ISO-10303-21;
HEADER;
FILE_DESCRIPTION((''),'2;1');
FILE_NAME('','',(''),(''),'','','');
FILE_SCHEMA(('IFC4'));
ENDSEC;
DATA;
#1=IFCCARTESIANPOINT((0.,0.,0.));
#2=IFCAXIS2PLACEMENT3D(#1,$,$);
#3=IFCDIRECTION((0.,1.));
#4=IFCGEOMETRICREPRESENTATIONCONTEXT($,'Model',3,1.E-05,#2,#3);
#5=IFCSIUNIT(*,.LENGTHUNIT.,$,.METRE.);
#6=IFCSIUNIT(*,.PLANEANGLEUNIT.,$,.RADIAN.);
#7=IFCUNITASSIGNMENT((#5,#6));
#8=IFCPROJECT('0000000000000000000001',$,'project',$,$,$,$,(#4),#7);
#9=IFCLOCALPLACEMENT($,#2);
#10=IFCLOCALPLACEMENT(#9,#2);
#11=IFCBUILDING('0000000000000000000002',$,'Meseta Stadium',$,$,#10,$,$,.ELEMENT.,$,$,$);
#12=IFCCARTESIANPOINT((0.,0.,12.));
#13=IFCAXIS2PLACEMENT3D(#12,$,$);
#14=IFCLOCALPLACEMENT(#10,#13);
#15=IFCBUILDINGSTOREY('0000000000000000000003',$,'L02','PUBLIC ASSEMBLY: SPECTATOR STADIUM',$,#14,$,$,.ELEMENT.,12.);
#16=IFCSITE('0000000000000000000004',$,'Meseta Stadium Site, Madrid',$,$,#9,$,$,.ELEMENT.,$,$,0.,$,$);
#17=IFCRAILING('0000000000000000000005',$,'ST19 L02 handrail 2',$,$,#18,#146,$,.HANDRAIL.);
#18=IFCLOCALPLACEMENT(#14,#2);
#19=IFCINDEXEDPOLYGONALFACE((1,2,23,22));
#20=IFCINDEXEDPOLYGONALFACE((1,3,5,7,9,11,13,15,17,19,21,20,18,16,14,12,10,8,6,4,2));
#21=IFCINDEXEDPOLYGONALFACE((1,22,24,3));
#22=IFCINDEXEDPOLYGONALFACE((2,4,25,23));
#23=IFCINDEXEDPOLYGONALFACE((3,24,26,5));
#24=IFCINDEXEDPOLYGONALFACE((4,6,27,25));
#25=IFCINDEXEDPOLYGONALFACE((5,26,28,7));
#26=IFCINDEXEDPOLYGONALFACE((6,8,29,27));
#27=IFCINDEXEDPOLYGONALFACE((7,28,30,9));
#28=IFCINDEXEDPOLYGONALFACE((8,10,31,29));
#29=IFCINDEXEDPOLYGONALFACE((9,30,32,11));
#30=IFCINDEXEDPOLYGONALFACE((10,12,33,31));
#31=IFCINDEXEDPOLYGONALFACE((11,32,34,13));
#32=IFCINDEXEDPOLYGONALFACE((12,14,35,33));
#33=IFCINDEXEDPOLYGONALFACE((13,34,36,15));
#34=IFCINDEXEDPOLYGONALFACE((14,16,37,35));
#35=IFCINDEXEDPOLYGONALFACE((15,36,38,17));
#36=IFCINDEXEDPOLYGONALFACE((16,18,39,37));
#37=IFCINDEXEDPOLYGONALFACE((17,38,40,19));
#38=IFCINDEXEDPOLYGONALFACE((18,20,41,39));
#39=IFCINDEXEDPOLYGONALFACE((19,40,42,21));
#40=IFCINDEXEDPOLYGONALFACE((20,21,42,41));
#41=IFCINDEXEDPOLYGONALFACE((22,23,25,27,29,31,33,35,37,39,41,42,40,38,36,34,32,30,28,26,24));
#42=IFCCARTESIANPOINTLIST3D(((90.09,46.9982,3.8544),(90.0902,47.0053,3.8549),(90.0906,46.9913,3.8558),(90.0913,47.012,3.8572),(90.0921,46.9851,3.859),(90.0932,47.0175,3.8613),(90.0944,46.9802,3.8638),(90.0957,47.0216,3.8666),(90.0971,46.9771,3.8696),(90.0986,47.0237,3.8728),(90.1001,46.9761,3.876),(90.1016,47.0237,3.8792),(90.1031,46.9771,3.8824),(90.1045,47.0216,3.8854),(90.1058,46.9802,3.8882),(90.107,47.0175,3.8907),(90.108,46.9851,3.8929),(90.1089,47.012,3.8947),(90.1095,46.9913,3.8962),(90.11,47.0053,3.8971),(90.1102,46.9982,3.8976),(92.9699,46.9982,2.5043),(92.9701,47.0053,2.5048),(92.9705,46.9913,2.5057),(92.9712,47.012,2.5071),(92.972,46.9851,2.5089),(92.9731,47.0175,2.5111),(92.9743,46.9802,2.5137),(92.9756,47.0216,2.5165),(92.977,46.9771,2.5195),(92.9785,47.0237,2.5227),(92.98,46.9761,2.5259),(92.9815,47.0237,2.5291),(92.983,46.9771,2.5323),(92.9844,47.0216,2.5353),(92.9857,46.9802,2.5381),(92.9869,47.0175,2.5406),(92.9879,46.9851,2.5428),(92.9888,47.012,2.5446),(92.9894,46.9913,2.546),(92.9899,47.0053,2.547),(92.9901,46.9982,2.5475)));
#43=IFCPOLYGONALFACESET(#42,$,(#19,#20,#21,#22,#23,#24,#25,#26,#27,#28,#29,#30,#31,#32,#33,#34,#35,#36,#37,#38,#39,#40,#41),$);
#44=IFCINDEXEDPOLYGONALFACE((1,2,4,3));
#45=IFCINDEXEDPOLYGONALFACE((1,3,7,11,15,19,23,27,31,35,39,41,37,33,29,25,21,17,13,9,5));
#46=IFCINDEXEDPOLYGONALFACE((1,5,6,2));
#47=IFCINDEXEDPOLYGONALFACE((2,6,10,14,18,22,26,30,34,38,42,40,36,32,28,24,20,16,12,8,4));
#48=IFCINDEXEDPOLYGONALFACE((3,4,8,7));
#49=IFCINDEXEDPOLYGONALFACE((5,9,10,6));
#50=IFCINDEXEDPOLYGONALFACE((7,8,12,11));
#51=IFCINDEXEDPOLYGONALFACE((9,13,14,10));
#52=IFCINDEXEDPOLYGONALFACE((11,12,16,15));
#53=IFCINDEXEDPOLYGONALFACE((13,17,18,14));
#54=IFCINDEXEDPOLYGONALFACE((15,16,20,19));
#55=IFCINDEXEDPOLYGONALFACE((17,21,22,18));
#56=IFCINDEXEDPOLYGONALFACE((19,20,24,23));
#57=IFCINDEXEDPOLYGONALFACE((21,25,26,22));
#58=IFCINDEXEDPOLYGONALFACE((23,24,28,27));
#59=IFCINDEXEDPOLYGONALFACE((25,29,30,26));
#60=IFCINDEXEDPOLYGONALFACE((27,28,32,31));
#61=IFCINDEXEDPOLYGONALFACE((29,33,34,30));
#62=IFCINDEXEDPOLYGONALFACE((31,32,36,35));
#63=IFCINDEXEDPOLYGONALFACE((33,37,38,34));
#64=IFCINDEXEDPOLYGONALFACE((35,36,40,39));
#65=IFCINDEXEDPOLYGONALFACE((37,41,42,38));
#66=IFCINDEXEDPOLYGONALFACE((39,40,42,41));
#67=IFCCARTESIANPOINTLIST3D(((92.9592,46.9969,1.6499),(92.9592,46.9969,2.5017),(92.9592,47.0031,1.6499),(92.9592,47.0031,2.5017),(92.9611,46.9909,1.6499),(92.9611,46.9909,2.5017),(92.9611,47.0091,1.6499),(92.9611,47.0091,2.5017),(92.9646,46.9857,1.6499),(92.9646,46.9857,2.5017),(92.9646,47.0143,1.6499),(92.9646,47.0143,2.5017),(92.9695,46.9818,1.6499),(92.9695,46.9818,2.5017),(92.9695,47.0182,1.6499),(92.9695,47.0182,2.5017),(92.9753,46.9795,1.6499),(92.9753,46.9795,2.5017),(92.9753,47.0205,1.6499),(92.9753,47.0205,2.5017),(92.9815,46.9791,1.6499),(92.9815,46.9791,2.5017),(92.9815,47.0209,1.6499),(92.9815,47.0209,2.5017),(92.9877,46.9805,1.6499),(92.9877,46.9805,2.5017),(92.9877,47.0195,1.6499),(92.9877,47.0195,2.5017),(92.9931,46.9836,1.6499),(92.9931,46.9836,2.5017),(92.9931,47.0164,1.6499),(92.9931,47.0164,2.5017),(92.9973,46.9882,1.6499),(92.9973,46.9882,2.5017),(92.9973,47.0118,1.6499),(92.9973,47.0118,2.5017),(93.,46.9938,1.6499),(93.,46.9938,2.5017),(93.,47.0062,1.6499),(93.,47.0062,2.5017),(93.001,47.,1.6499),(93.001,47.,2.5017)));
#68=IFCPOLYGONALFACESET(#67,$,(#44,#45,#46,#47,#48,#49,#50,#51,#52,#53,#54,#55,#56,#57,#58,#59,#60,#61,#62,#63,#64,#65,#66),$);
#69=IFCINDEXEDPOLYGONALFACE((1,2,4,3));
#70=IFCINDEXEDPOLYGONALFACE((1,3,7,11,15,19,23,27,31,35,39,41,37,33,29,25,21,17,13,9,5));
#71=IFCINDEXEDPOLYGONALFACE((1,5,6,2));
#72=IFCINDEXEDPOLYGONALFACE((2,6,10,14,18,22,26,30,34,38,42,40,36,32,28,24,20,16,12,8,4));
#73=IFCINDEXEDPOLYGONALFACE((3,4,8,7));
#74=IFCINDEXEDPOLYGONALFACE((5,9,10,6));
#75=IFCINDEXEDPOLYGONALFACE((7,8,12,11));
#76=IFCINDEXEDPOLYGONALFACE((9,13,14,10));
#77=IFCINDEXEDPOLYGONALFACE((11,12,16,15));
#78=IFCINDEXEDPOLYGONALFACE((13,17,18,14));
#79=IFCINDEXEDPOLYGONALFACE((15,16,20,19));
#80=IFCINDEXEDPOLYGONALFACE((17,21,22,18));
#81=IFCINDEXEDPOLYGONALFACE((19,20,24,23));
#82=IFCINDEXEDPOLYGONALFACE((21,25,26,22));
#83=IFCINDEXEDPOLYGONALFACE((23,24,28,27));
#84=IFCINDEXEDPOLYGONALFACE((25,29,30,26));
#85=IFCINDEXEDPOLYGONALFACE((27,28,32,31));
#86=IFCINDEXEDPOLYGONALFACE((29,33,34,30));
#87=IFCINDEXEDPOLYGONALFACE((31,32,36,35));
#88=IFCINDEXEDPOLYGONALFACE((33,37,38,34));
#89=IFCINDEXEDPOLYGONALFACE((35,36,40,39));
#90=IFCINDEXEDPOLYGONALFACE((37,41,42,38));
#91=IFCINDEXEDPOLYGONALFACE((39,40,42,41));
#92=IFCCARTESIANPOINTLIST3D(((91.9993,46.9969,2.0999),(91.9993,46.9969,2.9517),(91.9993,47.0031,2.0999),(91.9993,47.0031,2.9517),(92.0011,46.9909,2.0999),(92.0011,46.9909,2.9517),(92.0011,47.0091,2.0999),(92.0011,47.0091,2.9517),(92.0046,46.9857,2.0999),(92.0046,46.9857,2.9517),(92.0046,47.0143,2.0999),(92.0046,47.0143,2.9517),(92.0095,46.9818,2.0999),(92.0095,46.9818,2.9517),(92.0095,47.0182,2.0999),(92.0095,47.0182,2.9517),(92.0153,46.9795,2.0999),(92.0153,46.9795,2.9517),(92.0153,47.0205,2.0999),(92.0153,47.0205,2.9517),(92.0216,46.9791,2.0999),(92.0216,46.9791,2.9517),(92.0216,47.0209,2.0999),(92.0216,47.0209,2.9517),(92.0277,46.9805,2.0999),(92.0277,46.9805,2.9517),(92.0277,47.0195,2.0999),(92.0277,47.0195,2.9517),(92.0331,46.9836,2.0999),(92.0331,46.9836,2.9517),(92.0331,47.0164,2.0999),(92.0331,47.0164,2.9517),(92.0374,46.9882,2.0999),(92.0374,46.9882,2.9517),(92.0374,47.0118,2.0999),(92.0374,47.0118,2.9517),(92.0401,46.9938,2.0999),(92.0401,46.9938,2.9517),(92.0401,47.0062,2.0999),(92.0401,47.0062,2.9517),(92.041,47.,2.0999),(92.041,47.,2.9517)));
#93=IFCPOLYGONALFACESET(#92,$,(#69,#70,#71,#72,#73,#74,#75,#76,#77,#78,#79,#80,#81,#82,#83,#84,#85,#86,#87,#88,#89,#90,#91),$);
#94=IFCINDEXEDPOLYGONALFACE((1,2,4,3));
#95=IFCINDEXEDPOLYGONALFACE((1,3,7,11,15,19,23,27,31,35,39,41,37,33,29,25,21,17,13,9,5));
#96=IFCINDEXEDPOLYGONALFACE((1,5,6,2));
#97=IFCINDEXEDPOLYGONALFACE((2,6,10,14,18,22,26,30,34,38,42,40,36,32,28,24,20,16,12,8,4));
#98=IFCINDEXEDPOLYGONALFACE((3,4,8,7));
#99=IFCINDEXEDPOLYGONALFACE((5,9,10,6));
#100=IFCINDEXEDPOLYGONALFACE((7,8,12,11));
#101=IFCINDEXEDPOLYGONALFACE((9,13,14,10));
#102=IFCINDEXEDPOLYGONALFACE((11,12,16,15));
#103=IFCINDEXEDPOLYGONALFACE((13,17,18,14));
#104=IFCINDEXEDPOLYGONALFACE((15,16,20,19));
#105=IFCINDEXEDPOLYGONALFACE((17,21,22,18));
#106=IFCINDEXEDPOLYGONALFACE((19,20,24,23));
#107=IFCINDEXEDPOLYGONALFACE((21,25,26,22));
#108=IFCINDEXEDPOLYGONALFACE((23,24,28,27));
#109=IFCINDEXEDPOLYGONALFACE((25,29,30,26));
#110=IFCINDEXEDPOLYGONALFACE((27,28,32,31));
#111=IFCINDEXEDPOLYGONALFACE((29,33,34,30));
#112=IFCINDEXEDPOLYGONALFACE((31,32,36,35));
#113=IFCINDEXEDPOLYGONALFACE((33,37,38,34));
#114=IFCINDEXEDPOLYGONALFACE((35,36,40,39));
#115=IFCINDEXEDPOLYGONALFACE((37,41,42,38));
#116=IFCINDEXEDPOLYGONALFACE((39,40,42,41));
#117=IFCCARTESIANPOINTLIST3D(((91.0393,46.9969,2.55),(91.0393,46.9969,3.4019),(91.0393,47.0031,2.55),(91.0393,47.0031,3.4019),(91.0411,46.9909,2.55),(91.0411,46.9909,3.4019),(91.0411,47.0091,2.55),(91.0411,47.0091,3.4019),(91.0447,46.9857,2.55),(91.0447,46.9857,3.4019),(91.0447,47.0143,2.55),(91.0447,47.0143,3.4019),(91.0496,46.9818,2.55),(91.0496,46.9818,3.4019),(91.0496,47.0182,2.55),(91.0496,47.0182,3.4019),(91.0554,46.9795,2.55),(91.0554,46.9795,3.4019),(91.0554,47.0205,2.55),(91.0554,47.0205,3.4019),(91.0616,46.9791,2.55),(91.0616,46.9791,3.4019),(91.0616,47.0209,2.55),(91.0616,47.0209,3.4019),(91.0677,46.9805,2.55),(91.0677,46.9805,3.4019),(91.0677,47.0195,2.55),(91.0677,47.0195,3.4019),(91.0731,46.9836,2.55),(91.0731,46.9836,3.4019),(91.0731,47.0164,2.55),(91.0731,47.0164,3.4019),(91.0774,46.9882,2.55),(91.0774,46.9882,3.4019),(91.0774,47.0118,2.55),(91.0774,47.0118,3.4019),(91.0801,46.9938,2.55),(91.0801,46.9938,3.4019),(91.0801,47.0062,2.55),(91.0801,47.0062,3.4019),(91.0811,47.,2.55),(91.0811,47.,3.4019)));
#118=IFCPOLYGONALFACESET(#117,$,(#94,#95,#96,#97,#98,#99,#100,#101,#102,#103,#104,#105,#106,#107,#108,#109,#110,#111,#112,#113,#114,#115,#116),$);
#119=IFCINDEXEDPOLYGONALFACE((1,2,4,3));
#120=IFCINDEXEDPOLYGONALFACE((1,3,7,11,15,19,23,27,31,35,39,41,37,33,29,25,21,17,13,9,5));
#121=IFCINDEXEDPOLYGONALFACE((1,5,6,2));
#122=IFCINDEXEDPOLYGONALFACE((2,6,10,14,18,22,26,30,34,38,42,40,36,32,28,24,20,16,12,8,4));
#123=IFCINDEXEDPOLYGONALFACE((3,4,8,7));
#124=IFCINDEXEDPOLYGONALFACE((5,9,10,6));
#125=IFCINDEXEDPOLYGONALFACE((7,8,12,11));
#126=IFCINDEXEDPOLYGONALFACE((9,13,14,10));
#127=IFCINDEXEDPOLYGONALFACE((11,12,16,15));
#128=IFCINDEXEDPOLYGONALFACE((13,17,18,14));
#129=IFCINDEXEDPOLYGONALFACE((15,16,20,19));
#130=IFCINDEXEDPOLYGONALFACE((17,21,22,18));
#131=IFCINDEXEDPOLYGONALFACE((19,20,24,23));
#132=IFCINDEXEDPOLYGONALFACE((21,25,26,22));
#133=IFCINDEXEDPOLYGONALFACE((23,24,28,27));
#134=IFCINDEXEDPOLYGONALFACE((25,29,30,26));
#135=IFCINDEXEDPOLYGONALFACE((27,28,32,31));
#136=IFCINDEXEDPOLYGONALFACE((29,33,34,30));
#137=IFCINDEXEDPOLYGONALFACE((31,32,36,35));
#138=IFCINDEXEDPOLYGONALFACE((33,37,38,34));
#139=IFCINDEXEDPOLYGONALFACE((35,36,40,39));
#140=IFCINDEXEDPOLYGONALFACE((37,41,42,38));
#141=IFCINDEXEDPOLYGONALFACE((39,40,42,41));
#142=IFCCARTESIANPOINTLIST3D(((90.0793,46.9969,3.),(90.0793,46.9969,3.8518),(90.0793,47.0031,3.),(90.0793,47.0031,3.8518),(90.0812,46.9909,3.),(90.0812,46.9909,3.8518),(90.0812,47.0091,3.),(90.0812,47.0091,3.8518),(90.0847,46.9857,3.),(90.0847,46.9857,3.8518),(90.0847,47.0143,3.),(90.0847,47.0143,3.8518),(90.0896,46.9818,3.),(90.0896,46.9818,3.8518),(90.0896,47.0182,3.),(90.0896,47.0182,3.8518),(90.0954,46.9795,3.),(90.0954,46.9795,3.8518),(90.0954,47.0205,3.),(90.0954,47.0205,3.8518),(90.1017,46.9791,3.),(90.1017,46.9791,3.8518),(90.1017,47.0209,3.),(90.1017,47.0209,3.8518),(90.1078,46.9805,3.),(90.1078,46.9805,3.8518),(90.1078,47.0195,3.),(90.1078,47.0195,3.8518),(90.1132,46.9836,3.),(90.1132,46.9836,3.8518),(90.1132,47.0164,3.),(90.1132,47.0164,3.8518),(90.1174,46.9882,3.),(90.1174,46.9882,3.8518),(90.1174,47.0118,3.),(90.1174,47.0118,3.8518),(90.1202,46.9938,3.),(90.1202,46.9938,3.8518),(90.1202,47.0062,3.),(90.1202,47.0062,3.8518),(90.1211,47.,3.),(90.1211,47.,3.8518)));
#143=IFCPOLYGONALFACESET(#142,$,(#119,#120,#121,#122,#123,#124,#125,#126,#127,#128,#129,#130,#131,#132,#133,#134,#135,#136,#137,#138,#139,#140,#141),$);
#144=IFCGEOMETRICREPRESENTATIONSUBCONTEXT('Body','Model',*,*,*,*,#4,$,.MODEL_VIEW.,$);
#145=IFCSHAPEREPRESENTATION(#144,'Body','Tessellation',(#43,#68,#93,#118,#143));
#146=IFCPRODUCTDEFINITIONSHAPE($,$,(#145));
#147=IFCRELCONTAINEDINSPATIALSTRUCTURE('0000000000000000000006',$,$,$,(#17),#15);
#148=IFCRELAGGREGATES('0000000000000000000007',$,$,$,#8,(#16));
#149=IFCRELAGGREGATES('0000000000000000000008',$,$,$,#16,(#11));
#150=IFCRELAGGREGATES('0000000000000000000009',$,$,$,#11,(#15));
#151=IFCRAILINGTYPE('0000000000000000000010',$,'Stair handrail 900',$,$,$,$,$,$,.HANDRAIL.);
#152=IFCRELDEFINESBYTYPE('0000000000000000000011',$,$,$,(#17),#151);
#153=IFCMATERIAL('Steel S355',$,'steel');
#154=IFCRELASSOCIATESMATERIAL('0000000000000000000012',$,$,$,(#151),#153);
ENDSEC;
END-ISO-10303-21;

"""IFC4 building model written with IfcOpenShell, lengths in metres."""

from ifc_helpers import new_model, si_unit, direction, frame, origin, origin_2d, place, context, subcontext, project, spatial, circle, extrude, material, type_object, element, save


model = new_model("IFC4")

# Units and contexts
model_context = context("Model", 3, precision=1e-05, world=origin(), true_north=direction((0.0, 1.0)))
body_context = subcontext(model_context, "Body", "Model", "MODEL_VIEW")
ifc_project = project(units=[si_unit("LENGTHUNIT", "METRE"), si_unit("PLANEANGLEUNIT", "RADIAN")], contexts=[model_context])

# Site, building, storey
site_placement = place(None, origin())
site = spatial("IfcSite", under=ifc_project, at=site_placement, Name="Meseta Stadium Site, Madrid", CompositionType="ELEMENT", RefElevation=0.0)
building_placement = place(site_placement, origin())
building = spatial("IfcBuilding", under=site, at=building_placement, Name="Meseta Stadium", CompositionType="ELEMENT")
storey_placement = place(building_placement, frame((0.0, 0.0, 12.0)))
storey = spatial("IfcBuildingStorey", under=building, at=storey_placement, Name="L02", Description="PUBLIC ASSEMBLY: SPECTATOR STADIUM", CompositionType="ELEMENT", Elevation=12.0)

# Railing
ifc_material_1 = material(Name="Steel S355", Category="steel")
railing_type_1 = type_object("IfcRailingType", Name="Stair handrail 900", PredefinedType="HANDRAIL", material=ifc_material_1)
railing_1_placement = place(storey_placement, frame((92.98, 47.0, 1.6499)))
element("IfcRailing", 1, at=railing_1_placement, inside=storey, type_object=railing_type_1, Name="ST19 L02 handrail 2", PredefinedType="HANDRAIL", context=body_context, shape_type="SweptSolid", body=[
    extrude(circle(Radius=0.0239, at=origin_2d()), frame((0.0, 0.0, 0.876), z_axis=(-0.90544, 0.0, 0.424473), x_axis=(0.0, -1.0, 0.0)), (0.0, 0.0, 1.0), 3.1807),
    extrude(circle(Radius=0.021, at=origin_2d()), origin(), (0.0, 0.0, 1.0), 0.8518),
    extrude(circle(Radius=0.021, at=origin_2d()), frame((-0.96, 0.0, 0.45)), (0.0, 0.0, 1.0), 0.8518),
    extrude(circle(Radius=0.021, at=origin_2d()), frame((-1.9199, 0.0, 0.9001)), (0.0, 0.0, 1.0), 0.8518),
    extrude(circle(Radius=0.021, at=origin_2d()), frame((-2.8799, 0.0, 1.3501)), (0.0, 0.0, 1.0), 0.8518),
])

save(model, "model.ifc")
